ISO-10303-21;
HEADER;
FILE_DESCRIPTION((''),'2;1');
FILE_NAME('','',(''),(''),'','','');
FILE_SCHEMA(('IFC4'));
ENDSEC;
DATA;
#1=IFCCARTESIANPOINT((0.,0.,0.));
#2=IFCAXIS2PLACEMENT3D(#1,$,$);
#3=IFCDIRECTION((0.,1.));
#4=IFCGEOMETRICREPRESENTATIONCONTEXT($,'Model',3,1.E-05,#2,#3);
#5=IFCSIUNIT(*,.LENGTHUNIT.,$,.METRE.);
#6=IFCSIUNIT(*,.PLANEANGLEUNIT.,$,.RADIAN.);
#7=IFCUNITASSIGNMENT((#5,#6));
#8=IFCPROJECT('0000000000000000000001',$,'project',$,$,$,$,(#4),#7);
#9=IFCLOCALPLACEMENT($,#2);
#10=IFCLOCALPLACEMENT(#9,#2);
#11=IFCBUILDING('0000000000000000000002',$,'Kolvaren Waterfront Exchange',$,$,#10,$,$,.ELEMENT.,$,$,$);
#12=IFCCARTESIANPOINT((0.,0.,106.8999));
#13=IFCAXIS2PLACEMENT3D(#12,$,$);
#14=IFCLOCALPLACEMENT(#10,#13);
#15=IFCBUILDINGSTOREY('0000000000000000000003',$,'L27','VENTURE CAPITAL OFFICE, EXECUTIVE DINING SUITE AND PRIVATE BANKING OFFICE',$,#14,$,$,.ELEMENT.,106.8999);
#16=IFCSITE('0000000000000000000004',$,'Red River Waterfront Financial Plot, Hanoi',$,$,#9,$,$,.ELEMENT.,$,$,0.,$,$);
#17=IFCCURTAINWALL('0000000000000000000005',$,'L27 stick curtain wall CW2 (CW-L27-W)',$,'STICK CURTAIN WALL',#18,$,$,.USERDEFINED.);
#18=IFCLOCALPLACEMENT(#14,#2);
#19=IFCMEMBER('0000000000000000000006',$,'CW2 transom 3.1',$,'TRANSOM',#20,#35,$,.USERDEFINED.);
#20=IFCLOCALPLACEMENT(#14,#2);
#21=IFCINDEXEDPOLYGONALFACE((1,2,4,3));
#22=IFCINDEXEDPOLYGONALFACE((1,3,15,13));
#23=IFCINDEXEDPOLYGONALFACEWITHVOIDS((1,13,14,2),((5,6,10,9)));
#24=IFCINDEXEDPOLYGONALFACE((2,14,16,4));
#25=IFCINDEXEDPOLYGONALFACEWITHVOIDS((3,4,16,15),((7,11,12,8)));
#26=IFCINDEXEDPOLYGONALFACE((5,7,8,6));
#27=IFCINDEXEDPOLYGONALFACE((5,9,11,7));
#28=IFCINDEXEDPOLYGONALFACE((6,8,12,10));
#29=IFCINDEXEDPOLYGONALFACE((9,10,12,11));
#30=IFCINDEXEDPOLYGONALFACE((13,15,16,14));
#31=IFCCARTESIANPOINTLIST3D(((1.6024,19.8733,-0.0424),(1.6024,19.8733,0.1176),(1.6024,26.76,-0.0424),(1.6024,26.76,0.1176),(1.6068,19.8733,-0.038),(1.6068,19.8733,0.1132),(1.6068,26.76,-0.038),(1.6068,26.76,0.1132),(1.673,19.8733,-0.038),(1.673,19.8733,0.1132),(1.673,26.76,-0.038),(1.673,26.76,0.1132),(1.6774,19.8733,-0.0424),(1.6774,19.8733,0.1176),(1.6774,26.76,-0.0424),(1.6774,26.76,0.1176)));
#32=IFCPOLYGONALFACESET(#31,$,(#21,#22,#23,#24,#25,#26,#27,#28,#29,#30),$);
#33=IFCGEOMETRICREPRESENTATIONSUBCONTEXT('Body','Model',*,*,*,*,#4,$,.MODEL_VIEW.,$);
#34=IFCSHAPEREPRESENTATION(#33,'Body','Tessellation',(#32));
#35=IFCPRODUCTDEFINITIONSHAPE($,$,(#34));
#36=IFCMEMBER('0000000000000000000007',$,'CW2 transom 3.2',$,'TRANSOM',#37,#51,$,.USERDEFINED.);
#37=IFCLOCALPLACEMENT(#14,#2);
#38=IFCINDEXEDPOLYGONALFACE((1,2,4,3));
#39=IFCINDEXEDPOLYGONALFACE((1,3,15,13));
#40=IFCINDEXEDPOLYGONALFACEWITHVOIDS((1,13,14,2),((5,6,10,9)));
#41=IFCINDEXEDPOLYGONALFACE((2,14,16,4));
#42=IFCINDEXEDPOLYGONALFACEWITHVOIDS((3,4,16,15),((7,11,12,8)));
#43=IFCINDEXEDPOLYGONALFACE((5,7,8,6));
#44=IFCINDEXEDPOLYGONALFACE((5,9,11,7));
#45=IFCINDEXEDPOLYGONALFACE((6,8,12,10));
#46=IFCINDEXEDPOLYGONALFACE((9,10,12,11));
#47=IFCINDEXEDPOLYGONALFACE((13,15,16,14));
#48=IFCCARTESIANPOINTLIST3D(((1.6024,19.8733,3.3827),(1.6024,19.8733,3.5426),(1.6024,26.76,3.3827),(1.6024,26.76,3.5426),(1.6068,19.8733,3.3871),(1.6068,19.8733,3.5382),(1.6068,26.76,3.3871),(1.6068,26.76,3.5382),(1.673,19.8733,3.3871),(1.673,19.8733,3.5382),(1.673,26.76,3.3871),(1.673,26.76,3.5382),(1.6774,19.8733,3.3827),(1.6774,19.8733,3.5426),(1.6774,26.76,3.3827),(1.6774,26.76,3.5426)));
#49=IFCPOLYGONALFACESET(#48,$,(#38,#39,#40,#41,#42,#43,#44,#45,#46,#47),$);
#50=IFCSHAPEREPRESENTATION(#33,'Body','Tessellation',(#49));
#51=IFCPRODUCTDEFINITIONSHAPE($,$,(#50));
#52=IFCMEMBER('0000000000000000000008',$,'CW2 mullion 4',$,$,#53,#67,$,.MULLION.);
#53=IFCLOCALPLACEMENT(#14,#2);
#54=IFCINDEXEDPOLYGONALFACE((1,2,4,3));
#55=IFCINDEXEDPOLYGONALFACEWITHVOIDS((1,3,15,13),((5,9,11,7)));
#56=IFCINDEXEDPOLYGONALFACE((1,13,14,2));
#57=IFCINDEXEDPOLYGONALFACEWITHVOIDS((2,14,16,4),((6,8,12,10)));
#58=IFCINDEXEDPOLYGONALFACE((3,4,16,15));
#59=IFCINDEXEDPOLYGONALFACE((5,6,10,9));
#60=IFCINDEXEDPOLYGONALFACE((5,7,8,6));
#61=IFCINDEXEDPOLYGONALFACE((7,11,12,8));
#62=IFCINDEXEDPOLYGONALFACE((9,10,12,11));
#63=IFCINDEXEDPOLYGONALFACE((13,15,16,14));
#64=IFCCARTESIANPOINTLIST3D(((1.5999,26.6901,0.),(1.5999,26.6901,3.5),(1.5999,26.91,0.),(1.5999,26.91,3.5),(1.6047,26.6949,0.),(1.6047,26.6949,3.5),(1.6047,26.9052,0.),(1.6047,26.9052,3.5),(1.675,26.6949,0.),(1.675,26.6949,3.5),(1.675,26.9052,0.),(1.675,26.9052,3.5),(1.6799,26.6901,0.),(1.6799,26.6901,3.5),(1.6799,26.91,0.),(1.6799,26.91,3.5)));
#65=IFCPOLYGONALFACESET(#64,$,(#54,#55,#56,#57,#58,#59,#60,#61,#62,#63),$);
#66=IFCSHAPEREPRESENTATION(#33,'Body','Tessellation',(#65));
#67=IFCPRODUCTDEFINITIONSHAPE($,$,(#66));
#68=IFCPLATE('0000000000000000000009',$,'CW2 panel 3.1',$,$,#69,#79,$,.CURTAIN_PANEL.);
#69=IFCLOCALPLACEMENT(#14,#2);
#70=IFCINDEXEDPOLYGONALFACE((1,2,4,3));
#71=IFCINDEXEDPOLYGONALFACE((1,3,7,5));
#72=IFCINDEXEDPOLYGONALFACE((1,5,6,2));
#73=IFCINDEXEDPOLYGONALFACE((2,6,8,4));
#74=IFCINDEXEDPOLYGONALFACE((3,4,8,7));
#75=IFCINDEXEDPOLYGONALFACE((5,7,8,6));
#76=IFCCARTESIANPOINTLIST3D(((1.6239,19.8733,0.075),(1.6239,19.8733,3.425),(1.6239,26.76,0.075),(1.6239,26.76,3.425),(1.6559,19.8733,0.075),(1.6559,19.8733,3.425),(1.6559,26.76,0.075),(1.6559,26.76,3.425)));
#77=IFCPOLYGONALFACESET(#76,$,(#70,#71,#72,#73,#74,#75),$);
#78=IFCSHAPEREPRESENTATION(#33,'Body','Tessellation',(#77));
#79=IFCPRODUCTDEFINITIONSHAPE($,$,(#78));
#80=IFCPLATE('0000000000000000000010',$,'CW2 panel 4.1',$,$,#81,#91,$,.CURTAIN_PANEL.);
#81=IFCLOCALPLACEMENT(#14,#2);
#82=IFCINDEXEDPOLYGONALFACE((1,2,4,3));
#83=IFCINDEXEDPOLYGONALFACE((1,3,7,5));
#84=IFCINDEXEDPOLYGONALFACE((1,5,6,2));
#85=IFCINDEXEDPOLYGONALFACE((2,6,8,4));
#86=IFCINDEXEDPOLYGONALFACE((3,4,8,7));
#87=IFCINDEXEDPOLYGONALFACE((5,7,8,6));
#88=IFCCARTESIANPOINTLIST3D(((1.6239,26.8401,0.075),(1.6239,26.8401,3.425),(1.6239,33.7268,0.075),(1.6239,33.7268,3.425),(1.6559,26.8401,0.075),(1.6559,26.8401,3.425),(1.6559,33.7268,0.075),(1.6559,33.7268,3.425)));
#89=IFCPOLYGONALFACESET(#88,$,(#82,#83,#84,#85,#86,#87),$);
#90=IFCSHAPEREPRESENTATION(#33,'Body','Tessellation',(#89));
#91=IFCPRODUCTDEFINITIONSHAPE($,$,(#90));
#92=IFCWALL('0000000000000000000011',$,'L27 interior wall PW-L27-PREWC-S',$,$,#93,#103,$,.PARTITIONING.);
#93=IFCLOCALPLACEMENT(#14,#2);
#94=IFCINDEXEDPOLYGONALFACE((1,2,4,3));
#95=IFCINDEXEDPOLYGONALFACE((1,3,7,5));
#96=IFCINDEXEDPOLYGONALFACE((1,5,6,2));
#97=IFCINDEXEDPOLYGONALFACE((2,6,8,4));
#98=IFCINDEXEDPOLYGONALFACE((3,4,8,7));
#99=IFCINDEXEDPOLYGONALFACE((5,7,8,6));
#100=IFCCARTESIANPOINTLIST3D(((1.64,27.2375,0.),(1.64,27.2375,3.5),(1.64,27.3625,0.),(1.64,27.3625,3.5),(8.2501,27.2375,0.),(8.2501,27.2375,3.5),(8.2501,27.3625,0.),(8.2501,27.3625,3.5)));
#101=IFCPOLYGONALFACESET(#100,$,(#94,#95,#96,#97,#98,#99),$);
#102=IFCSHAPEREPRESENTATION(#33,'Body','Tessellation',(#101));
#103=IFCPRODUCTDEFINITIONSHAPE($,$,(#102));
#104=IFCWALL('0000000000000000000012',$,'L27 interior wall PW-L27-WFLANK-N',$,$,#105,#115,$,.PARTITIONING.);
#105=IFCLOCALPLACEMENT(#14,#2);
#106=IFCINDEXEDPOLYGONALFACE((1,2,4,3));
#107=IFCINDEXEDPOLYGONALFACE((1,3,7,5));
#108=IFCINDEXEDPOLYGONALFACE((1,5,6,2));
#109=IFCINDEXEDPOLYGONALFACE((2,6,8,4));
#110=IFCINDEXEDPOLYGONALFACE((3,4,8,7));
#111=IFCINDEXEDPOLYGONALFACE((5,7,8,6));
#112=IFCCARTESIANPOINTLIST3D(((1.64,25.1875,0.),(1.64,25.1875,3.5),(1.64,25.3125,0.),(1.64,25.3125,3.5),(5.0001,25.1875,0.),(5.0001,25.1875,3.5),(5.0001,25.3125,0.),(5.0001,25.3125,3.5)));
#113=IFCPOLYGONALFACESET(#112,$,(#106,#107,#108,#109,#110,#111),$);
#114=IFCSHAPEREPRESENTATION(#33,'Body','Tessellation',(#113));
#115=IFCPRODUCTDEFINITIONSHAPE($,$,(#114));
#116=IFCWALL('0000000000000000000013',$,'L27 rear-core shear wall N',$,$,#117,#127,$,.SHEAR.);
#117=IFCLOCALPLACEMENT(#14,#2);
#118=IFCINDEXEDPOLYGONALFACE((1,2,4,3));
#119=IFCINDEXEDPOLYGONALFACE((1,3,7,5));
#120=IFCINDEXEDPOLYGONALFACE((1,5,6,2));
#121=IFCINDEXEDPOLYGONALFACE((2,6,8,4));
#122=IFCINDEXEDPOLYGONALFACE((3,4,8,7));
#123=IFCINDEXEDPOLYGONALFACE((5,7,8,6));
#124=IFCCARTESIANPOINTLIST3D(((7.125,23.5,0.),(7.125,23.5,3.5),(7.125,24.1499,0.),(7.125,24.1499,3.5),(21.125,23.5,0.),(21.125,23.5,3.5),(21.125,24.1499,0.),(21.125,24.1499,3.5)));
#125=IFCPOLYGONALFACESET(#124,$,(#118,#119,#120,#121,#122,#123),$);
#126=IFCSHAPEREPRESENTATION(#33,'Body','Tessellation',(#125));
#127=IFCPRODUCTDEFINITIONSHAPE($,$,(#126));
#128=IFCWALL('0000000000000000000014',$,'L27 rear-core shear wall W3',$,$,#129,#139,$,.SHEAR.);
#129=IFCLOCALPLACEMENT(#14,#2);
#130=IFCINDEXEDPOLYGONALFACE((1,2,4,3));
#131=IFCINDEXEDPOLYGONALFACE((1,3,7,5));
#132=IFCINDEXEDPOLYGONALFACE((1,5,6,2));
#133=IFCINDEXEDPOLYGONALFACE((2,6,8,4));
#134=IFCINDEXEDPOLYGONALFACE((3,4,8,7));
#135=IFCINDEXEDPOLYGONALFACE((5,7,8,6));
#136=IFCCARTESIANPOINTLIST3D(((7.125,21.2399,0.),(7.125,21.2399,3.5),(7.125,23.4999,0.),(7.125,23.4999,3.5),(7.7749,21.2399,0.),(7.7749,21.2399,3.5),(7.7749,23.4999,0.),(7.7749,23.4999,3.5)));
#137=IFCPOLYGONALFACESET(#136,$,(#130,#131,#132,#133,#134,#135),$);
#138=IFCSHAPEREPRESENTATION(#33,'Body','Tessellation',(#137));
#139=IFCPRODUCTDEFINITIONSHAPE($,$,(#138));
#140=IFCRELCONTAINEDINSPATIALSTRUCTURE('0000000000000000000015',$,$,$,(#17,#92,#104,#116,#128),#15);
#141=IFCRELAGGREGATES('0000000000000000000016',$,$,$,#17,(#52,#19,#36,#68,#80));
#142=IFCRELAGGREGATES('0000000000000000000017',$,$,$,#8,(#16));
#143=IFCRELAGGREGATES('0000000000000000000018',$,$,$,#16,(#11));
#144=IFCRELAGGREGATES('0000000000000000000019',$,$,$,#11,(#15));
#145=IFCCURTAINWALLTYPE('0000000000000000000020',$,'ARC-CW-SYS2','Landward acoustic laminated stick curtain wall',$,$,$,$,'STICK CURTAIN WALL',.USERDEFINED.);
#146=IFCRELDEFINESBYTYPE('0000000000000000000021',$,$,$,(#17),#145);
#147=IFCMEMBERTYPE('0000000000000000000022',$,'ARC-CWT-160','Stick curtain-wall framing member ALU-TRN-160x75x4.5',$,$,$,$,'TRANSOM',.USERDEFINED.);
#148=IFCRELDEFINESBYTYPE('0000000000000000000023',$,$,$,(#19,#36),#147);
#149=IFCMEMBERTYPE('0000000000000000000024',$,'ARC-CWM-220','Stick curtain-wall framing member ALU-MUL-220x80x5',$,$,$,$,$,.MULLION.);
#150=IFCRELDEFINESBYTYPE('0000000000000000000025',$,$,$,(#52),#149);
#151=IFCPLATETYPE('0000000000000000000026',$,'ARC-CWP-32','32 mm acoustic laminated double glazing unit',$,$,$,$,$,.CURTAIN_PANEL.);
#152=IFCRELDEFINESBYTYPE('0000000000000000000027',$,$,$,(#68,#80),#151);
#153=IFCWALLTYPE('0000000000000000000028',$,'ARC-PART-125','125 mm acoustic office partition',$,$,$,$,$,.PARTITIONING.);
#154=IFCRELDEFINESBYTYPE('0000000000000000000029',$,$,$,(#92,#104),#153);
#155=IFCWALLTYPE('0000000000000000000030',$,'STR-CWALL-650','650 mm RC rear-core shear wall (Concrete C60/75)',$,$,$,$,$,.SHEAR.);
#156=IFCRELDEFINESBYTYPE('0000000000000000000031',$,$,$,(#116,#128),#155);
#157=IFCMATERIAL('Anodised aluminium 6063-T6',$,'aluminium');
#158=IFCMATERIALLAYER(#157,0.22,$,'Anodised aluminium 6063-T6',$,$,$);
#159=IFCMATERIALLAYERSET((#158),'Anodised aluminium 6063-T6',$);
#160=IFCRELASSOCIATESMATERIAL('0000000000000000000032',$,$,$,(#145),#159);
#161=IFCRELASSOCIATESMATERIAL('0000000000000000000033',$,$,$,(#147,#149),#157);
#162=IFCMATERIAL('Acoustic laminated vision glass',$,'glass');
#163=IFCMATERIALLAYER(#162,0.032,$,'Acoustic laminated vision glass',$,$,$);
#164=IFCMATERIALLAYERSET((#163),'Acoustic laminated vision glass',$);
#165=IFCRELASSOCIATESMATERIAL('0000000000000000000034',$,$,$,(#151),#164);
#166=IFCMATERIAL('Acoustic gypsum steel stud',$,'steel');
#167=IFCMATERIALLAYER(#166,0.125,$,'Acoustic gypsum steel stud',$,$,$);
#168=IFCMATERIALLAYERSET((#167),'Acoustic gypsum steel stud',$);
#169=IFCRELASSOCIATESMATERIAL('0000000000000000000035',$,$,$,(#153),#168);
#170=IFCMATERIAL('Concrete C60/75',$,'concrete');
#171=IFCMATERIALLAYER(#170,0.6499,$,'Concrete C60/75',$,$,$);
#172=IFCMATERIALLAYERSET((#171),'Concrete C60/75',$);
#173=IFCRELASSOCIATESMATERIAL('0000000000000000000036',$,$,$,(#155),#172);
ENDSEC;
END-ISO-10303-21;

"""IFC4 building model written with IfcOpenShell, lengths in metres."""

from ifc_helpers import new_model, si_unit, direction, frame, frame_2d, origin, origin_with_axes, origin_2d, place, context, subcontext, project, spatial, rectangle, hollow_rectangle, extrude, source, transform, mapped, material, layer, layer_set, material_profile, profile_set, type_object, element, aggregate, save


model = new_model("IFC4")

# Units and contexts
model_context = context("Model", 3, precision=1e-05, world=origin(), true_north=direction((0.0, 1.0)))
body_context = subcontext(model_context, "Body", "Model", "MODEL_VIEW")
ifc_project = project(units=[si_unit("LENGTHUNIT", "METRE"), si_unit("PLANEANGLEUNIT", "RADIAN")], contexts=[model_context])

# Site, building, storey
site_placement = place(None, origin())
site = spatial("IfcSite", under=ifc_project, at=site_placement, Name="Red River Waterfront Financial Plot, Hanoi", CompositionType="ELEMENT", RefElevation=0.0)
building_placement = place(site_placement, origin())
building = spatial("IfcBuilding", under=site, at=building_placement, Name="Kolvaren Waterfront Exchange", CompositionType="ELEMENT")
storey_placement = place(building_placement, frame((0.0, 0.0, 106.8999)))
storey = spatial("IfcBuildingStorey", under=building, at=storey_placement, Name="L27", Description="VENTURE CAPITAL OFFICE, EXECUTIVE DINING SUITE AND PRIVATE BANKING OFFICE", CompositionType="ELEMENT", Elevation=106.8999)

# Shared definitions
ifc_material_1 = material(Name="Concrete C60/75", Category="concrete")

# Curtain wall, members, plates
ifc_material_2 = material(Name="Anodised aluminium 6063-T6", Category="aluminium")
ifc_layer_1 = layer(ifc_material_2, 0.22, Name="Anodised aluminium 6063-T6")
ifc_layer_set_1 = layer_set([ifc_layer_1], Name="Anodised aluminium 6063-T6")
curtain_wall_type = type_object("IfcCurtainWallType", Name="ARC-CW-SYS2", Description="Landward acoustic laminated stick curtain wall", ElementType="STICK CURTAIN WALL", PredefinedType="USERDEFINED", material=ifc_layer_set_1)
curtain_wall_placement = place(storey_placement, origin())
curtain_wall = element("IfcCurtainWall", 1, at=curtain_wall_placement, inside=storey, type_object=curtain_wall_type, Name="L27 stick curtain wall CW2 (CW-L27-W)", ObjectType="STICK CURTAIN WALL", PredefinedType="USERDEFINED")
ifc_material_profile_1 = material_profile(ifc_material_2, hollow_rectangle(XDim=0.075, YDim=0.1599, WallThickness=0.0044, at=origin_2d()), Name="ALU-TRN-160x75x4.5")
ifc_profile_set_1 = profile_set([ifc_material_profile_1], Name="Anodised aluminium 6063-T6")
member_type_1 = type_object("IfcMemberType", Name="ARC-CWT-160", Description="Stick curtain-wall framing member ALU-TRN-160x75x4.5", ElementType="TRANSOM", PredefinedType="USERDEFINED", material=ifc_profile_set_1)
shared_shape_1 = source(origin_with_axes(), body_context, "Body", "SweptSolid", [
    extrude(hollow_rectangle(XDim=0.075, YDim=0.1599, WallThickness=0.0044, at=origin_2d()), origin(), (0.0, 0.0, 1.0), 6.8867),
])
member_1_placement = place(storey_placement, frame((1.6399, 19.8733, 0.0376), z_axis=(0.0, 1.0, 0.0), x_axis=(-1.0, 0.0, 0.0)))
member_1 = element("IfcMember", 2, at=member_1_placement, type_object=member_type_1, Name="CW2 transom 3.1", ObjectType="TRANSOM", PredefinedType="USERDEFINED", context=body_context, shape_type="MappedRepresentation", body=[
    mapped(shared_shape_1, transform((0.0, 0.0, 0.0), x_axis=(1.0, 0.0, 0.0), y_axis=(0.0, 1.0, 0.0), z_axis=(0.0, 0.0, 1.0), scale=1.0)),
])
member_2_placement = place(storey_placement, frame((1.6399, 19.8733, 3.4626), z_axis=(0.0, 1.0, 0.0), x_axis=(-1.0, 0.0, 0.0)))
member_2 = element("IfcMember", 3, at=member_2_placement, type_object=member_type_1, Name="CW2 transom 3.2", ObjectType="TRANSOM", PredefinedType="USERDEFINED", context=body_context, shape_type="MappedRepresentation", body=[
    mapped(shared_shape_1, transform((0.0, 0.0, 0.0), x_axis=(1.0, 0.0, 0.0), y_axis=(0.0, 1.0, 0.0), z_axis=(0.0, 0.0, 1.0), scale=1.0)),
])
ifc_material_profile_2 = material_profile(ifc_material_2, hollow_rectangle(XDim=0.0801, YDim=0.22, WallThickness=0.0049, at=origin_2d()), Name="ALU-MUL-220x80x5")
ifc_profile_set_2 = profile_set([ifc_material_profile_2], Name="Anodised aluminium 6063-T6")
member_type_2 = type_object("IfcMemberType", Name="ARC-CWM-220", Description="Stick curtain-wall framing member ALU-MUL-220x80x5", PredefinedType="MULLION", material=ifc_profile_set_2)
shared_shape_2 = source(origin_with_axes(), body_context, "Body", "SweptSolid", [
    extrude(hollow_rectangle(XDim=0.0801, YDim=0.22, WallThickness=0.0049, at=origin_2d()), origin(), (0.0, 0.0, 1.0), 3.5),
])
member_3_placement = place(storey_placement, frame((1.6399, 26.8, 0.0), z_axis=(0.0, 0.0, 1.0), x_axis=(-1.0, 0.0, 0.0)))
member_3 = element("IfcMember", 4, at=member_3_placement, type_object=member_type_2, Name="CW2 mullion 4", PredefinedType="MULLION", context=body_context, shape_type="MappedRepresentation", body=[
    mapped(shared_shape_2, transform((0.0, 0.0, 0.0), x_axis=(1.0, 0.0, 0.0), y_axis=(0.0, 1.0, 0.0), z_axis=(0.0, 0.0, 1.0), scale=1.0)),
])
ifc_material_3 = material(Name="Acoustic laminated vision glass", Category="glass")
ifc_layer_2 = layer(ifc_material_3, 0.032, Name="Acoustic laminated vision glass")
ifc_layer_set_2 = layer_set([ifc_layer_2], Name="Acoustic laminated vision glass")
plate_type = type_object("IfcPlateType", Name="ARC-CWP-32", Description="32 mm acoustic laminated double glazing unit", PredefinedType="CURTAIN_PANEL", material=ifc_layer_set_2)
shared_shape_3 = source(origin_with_axes(), body_context, "Body", "SweptSolid", [
    extrude(rectangle(XDim=6.8867, YDim=0.032, at=origin_2d()), origin(), (0.0, 0.0, 1.0), 3.3501),
])
plate_1_placement = place(storey_placement, frame((1.6399, 23.3167, 0.075), z_axis=(0.0, 0.0, 1.0), x_axis=(0.0, 1.0, 0.0)))
plate_1 = element("IfcPlate", 5, at=plate_1_placement, type_object=plate_type, Name="CW2 panel 3.1", PredefinedType="CURTAIN_PANEL", context=body_context, shape_type="MappedRepresentation", body=[
    mapped(shared_shape_3, transform((0.0, 0.0, 0.0), x_axis=(1.0, 0.0, 0.0), y_axis=(0.0, 1.0, 0.0), z_axis=(0.0, 0.0, 1.0), scale=1.0)),
])
plate_2_placement = place(storey_placement, frame((1.6399, 30.2834, 0.075), z_axis=(0.0, 0.0, 1.0), x_axis=(0.0, 1.0, 0.0)))
plate_2 = element("IfcPlate", 6, at=plate_2_placement, type_object=plate_type, Name="CW2 panel 4.1", PredefinedType="CURTAIN_PANEL", context=body_context, shape_type="MappedRepresentation", body=[
    mapped(shared_shape_3, transform((0.0, 0.0, 0.0), x_axis=(1.0, 0.0, 0.0), y_axis=(0.0, 1.0, 0.0), z_axis=(0.0, 0.0, 1.0), scale=1.0)),
])
aggregate(curtain_wall, [member_3, member_1, member_2, plate_1, plate_2])

# Walls
ifc_material_4 = material(Name="Acoustic gypsum steel stud", Category="steel")
ifc_layer_3 = layer(ifc_material_4, 0.125, Name="Acoustic gypsum steel stud")
ifc_layer_set_3 = layer_set([ifc_layer_3], Name="Acoustic gypsum steel stud")
wall_type_1 = type_object("IfcWallType", Name="ARC-PART-125", Description="125 mm acoustic office partition", PredefinedType="PARTITIONING", material=ifc_layer_set_3)
wall_1_placement = place(storey_placement, frame((1.6399, 27.3, 0.0), z_axis=(0.0, 0.0, 1.0), x_axis=(1.0, 0.0, 0.0)))
element("IfcWall", 7, at=wall_1_placement, inside=storey, type_object=wall_type_1, Name="L27 interior wall PW-L27-PREWC-S", PredefinedType="PARTITIONING", context=body_context, shape_type="SweptSolid", body=[
    extrude(rectangle(XDim=6.6101, YDim=0.125, at=frame_2d((3.3052, 0.0))), origin(), (0.0, 0.0, 1.0), 3.5),
])
wall_2_placement = place(storey_placement, frame((1.6399, 25.25, 0.0), z_axis=(0.0, 0.0, 1.0), x_axis=(1.0, 0.0, 0.0)))
element("IfcWall", 8, at=wall_2_placement, inside=storey, type_object=wall_type_1, Name="L27 interior wall PW-L27-WFLANK-N", PredefinedType="PARTITIONING", context=body_context, shape_type="SweptSolid", body=[
    extrude(rectangle(XDim=3.3601, YDim=0.125, at=frame_2d((1.6802, 0.0))), origin(), (0.0, 0.0, 1.0), 3.5),
])

# Walls
ifc_layer_4 = layer(ifc_material_1, 0.6499, Name="Concrete C60/75")
ifc_layer_set_4 = layer_set([ifc_layer_4], Name="Concrete C60/75")
wall_type_2 = type_object("IfcWallType", Name="STR-CWALL-650", Description="650 mm RC rear-core shear wall (Concrete C60/75)", PredefinedType="SHEAR", material=ifc_layer_set_4)
wall_3_placement = place(storey_placement, frame((7.125, 23.825, 0.0), z_axis=(0.0, 0.0, 1.0), x_axis=(1.0, 0.0, 0.0)))
element("IfcWall", 9, at=wall_3_placement, inside=storey, type_object=wall_type_2, Name="L27 rear-core shear wall N", PredefinedType="SHEAR", context=body_context, shape_type="SweptSolid", body=[
    extrude(rectangle(XDim=14.0, YDim=0.6499, at=frame_2d((7.0, 0.0))), origin(), (0.0, 0.0, 1.0), 3.5),
])
wall_4_placement = place(storey_placement, frame((7.45, 21.24, 0.0), z_axis=(0.0, 0.0, 1.0), x_axis=(0.0, 1.0, 0.0)))
element("IfcWall", 10, at=wall_4_placement, inside=storey, type_object=wall_type_2, Name="L27 rear-core shear wall W3", PredefinedType="SHEAR", context=body_context, shape_type="SweptSolid", body=[
    extrude(rectangle(XDim=2.26, YDim=0.6499, at=frame_2d((1.1299, 0.0))), origin(), (0.0, 0.0, 1.0), 3.5),
])

save(model, "model.ifc")
